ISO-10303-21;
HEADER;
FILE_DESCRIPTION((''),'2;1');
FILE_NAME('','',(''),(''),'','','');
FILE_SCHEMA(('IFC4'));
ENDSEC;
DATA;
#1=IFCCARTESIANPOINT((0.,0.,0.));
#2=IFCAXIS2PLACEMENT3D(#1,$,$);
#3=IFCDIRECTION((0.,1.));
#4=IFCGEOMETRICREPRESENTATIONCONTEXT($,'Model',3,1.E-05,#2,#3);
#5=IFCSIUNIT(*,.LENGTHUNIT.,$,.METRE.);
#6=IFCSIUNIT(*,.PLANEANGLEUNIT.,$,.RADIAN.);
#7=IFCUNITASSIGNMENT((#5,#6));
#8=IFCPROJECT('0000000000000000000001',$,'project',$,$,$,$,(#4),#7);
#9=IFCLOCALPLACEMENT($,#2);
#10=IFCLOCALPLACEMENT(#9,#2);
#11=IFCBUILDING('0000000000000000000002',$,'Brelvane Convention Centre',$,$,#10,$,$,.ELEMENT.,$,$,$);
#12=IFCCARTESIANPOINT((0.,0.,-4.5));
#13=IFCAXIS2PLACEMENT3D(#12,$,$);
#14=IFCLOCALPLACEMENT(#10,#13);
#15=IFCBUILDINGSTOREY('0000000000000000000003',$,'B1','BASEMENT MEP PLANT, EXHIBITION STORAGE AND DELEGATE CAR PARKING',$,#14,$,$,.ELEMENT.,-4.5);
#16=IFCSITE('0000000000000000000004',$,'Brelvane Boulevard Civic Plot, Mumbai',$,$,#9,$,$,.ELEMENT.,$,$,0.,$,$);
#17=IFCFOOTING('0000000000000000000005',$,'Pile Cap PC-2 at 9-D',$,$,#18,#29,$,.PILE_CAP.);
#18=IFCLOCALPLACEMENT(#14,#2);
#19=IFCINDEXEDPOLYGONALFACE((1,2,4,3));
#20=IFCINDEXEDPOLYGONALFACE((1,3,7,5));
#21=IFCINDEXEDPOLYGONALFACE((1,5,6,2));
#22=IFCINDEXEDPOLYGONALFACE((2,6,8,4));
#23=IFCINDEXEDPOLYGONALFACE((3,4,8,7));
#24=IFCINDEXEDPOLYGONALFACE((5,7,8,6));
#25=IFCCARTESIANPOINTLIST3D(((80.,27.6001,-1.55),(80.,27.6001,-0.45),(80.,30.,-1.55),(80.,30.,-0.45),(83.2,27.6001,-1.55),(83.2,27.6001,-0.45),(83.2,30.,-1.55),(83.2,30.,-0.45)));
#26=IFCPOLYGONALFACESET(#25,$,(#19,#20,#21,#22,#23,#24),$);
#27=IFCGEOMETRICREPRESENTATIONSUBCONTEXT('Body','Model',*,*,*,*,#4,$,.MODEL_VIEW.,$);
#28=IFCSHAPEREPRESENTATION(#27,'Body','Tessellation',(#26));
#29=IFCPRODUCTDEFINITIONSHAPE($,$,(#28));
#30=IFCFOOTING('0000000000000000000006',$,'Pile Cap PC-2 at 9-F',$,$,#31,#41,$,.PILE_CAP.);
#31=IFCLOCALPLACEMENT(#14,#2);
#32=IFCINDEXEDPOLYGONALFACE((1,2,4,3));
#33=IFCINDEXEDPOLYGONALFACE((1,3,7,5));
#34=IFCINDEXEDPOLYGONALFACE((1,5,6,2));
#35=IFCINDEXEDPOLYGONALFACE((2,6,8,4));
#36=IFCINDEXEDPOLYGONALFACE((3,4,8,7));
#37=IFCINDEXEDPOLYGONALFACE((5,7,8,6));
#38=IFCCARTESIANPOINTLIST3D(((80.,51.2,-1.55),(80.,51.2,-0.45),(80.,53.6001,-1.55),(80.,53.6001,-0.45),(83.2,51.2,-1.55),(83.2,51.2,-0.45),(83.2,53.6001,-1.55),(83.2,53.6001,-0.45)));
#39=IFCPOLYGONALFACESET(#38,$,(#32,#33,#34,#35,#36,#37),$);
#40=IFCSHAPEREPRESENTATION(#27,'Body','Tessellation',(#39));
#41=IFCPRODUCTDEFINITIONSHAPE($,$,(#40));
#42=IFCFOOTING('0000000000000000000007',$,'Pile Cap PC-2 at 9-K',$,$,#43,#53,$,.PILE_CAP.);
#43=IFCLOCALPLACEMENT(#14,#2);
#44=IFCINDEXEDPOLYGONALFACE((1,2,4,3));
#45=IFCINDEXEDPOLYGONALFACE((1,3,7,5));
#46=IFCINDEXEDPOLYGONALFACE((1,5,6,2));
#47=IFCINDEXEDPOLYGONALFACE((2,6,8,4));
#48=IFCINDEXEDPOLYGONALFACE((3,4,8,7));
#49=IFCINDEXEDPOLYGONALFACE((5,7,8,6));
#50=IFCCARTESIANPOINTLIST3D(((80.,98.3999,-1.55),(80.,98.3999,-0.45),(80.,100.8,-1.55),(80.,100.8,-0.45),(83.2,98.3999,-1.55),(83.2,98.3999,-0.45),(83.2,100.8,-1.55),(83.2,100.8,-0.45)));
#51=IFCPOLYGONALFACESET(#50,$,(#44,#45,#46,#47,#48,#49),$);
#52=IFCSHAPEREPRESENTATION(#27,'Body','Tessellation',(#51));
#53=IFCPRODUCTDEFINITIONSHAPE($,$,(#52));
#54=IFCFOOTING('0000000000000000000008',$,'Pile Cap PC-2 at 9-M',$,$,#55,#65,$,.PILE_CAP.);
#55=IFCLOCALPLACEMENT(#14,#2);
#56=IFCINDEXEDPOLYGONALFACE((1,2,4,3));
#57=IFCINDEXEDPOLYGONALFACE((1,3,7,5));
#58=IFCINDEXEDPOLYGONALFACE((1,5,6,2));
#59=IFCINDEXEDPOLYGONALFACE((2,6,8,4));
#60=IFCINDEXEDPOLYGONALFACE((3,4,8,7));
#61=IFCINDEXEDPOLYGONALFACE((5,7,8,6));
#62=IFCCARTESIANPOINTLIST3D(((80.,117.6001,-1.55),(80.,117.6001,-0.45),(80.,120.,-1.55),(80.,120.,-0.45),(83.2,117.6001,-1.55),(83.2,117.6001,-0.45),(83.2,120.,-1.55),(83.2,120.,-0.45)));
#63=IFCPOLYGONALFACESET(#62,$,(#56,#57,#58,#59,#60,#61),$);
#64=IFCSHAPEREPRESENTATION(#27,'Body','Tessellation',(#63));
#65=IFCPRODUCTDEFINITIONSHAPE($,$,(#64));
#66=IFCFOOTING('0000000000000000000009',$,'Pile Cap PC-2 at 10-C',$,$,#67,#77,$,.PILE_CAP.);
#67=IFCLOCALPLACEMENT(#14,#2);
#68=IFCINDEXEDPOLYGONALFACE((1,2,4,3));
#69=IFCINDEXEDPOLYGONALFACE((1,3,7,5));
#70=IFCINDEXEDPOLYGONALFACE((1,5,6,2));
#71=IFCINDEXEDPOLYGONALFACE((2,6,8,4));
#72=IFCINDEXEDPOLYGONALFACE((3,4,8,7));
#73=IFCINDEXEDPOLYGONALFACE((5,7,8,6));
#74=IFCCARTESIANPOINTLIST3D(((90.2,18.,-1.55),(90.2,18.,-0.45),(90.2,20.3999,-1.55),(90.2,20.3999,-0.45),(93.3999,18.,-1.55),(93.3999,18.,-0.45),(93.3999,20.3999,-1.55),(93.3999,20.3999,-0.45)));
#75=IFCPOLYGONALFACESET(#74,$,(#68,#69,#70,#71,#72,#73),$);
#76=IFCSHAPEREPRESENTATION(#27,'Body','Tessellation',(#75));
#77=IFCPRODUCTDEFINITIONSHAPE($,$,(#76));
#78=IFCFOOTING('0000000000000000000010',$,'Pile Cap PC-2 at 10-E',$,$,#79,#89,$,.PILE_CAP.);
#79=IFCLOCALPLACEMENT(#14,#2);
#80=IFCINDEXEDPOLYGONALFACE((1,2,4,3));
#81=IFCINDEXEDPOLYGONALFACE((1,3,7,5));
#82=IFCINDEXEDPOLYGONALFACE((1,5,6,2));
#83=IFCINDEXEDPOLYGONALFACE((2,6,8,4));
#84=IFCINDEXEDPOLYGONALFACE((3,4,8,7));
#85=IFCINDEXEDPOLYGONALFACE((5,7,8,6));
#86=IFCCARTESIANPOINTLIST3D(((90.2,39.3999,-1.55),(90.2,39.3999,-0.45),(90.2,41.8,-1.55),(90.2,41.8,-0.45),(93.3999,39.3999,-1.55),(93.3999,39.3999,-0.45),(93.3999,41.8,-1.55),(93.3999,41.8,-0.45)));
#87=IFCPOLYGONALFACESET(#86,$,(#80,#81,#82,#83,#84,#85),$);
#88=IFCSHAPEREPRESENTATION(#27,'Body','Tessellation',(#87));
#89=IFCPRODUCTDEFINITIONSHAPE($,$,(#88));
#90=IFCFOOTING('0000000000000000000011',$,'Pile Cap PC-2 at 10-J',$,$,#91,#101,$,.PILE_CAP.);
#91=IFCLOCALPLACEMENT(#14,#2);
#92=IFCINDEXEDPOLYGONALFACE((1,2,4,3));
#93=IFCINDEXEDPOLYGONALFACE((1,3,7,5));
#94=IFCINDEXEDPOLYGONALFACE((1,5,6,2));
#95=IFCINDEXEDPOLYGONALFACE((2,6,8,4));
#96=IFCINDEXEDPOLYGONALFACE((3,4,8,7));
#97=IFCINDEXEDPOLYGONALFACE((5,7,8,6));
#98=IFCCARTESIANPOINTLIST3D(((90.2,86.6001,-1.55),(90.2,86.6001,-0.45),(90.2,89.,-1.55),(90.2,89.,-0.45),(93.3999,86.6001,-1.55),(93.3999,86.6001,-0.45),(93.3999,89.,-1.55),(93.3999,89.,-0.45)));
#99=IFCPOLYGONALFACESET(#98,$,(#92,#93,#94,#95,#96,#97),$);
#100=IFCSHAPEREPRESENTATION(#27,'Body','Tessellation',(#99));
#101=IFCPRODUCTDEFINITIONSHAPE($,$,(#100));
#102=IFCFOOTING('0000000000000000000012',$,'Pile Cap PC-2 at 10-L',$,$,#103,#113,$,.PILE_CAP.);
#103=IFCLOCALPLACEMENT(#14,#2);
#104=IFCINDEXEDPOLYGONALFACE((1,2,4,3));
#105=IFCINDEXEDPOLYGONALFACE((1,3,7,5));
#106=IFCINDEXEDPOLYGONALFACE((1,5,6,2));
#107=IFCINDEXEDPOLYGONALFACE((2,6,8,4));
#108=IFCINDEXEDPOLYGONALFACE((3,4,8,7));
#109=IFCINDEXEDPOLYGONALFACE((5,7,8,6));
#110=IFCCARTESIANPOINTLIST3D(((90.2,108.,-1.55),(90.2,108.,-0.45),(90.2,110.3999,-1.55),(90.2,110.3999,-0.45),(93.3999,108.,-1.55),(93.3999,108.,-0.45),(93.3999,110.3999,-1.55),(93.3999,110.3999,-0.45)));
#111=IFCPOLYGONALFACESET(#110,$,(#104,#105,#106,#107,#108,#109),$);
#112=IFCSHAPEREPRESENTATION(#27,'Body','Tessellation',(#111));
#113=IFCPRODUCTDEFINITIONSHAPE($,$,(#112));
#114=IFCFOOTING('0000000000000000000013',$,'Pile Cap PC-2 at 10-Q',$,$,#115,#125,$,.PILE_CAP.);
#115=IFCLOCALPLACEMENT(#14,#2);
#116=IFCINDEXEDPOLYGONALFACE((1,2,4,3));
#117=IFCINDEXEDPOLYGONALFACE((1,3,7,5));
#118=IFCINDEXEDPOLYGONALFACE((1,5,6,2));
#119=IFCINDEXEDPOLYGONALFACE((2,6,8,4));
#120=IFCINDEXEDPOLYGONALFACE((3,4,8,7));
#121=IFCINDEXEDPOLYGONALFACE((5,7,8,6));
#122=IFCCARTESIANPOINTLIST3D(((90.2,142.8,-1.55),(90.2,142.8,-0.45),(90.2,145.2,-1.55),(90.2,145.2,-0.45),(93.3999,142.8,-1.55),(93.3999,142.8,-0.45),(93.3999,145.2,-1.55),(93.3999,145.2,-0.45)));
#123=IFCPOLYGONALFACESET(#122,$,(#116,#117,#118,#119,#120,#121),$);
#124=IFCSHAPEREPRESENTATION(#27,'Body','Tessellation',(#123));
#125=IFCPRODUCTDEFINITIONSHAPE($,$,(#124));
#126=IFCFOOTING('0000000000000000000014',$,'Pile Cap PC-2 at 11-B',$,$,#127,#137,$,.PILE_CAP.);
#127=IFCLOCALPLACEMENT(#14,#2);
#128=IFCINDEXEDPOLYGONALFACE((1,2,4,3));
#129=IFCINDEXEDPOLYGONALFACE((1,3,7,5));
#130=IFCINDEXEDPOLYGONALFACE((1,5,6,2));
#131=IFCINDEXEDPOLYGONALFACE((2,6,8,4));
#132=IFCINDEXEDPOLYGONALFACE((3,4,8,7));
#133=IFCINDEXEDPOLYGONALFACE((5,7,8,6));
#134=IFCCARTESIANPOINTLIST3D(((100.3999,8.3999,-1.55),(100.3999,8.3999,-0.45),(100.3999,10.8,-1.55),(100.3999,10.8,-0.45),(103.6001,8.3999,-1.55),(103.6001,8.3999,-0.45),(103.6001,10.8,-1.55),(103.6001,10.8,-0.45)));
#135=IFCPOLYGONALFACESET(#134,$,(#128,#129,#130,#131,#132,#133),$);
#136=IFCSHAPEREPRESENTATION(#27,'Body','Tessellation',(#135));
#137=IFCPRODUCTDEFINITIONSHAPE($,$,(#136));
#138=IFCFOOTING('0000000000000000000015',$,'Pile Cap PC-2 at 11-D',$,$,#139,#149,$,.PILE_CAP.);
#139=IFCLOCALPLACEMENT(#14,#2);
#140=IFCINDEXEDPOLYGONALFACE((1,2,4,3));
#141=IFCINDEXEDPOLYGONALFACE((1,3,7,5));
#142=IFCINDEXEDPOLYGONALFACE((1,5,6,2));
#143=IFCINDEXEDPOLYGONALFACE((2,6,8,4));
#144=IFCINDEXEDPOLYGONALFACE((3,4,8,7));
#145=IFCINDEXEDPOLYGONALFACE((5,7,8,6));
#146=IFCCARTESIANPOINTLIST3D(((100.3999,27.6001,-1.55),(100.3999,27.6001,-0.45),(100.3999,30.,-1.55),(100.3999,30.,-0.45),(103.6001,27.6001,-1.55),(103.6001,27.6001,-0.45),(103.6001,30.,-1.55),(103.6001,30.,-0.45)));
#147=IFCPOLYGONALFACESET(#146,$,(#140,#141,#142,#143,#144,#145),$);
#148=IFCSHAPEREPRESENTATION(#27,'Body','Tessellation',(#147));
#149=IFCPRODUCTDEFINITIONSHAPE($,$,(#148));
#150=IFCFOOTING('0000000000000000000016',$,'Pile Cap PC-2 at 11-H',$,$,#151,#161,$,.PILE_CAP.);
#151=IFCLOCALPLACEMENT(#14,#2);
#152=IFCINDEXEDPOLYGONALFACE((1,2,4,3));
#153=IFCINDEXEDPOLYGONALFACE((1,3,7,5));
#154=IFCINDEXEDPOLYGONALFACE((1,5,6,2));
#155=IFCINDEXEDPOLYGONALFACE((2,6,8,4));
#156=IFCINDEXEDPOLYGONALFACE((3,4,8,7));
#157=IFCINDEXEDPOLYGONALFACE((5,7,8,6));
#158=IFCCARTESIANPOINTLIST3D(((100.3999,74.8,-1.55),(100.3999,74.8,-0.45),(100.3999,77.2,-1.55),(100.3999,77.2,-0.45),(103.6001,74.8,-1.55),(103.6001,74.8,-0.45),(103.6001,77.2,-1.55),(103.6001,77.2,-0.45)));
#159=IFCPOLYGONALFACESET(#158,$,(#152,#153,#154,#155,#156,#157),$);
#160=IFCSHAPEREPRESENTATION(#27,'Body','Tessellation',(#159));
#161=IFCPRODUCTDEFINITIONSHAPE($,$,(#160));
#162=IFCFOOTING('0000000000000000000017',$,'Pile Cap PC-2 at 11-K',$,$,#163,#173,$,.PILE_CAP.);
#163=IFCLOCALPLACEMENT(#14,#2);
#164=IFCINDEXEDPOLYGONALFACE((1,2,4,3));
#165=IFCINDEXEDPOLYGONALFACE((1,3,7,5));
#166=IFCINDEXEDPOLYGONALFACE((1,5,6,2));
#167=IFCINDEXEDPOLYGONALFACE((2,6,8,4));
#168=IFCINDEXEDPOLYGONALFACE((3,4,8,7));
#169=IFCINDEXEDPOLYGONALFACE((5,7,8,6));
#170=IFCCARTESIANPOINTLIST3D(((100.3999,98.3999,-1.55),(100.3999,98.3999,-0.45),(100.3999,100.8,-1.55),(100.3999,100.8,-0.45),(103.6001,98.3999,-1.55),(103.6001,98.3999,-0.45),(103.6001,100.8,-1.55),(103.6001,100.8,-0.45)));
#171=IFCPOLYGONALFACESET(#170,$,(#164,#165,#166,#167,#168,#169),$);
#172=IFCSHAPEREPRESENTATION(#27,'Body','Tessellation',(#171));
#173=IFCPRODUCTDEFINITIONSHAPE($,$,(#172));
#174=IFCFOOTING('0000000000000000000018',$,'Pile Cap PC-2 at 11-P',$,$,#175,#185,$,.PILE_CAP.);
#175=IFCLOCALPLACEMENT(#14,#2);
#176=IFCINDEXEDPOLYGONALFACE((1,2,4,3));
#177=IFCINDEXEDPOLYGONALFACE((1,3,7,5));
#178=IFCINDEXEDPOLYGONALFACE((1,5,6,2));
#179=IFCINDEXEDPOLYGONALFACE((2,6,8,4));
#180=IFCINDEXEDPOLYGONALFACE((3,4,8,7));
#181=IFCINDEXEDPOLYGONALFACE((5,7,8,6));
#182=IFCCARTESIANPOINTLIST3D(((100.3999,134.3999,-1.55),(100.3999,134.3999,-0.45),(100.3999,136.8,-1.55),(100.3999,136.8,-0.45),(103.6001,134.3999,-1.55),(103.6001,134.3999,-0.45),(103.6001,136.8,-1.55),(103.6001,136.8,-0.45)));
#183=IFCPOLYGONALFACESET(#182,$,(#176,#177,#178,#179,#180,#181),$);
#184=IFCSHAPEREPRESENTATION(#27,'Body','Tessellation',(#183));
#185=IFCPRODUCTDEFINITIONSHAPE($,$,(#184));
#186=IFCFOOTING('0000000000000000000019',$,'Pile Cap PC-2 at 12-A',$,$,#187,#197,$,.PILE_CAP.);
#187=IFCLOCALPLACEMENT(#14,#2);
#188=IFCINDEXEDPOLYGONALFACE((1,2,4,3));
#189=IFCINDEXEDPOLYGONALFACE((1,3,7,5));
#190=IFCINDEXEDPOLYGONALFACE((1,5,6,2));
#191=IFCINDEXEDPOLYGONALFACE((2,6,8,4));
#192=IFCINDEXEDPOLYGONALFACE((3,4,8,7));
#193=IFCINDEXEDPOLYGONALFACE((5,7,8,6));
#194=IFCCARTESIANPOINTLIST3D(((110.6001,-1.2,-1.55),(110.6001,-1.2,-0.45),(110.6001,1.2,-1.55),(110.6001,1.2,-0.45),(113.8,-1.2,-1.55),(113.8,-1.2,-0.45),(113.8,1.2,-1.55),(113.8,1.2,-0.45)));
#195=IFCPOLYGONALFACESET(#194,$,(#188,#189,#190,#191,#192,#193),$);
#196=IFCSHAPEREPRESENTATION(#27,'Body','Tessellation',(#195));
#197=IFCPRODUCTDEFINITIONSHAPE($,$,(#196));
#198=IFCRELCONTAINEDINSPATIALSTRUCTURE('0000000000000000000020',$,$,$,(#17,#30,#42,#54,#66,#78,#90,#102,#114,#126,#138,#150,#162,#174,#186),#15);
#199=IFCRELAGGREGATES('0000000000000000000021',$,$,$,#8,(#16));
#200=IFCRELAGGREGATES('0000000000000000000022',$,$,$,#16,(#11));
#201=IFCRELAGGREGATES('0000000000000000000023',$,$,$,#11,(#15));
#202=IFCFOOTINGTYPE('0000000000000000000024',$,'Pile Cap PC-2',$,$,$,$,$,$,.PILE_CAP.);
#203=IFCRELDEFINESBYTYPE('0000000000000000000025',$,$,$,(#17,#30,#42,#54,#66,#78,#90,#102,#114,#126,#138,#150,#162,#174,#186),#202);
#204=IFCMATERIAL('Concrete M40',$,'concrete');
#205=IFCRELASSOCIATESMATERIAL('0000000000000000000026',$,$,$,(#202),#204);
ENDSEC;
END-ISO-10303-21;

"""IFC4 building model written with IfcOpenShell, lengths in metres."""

from ifc_helpers import new_model, si_unit, direction, frame, origin, place, context, subcontext, project, spatial, polyline, outline, extrude, material, type_object, element, save


model = new_model("IFC4")

# Units and contexts
model_context = context("Model", 3, precision=1e-05, world=origin(), true_north=direction((0.0, 1.0)))
body_context = subcontext(model_context, "Body", "Model", "MODEL_VIEW")
ifc_project = project(units=[si_unit("LENGTHUNIT", "METRE"), si_unit("PLANEANGLEUNIT", "RADIAN")], contexts=[model_context])

# Site, building, storey
site_placement = place(None, origin())
site = spatial("IfcSite", under=ifc_project, at=site_placement, Name="Brelvane Boulevard Civic Plot, Mumbai", CompositionType="ELEMENT", RefElevation=0.0)
building_placement = place(site_placement, origin())
building = spatial("IfcBuilding", under=site, at=building_placement, Name="Brelvane Convention Centre", CompositionType="ELEMENT")
storey_placement = place(building_placement, frame((0.0, 0.0, -4.5)))
storey = spatial("IfcBuildingStorey", under=building, at=storey_placement, Name="B1", Description="BASEMENT MEP PLANT, EXHIBITION STORAGE AND DELEGATE CAR PARKING", CompositionType="ELEMENT", Elevation=-4.5)

# Footings
ifc_material = material(Name="Concrete M40", Category="concrete")
footing_type = type_object("IfcFootingType", Name="Pile Cap PC-2", PredefinedType="PILE_CAP", material=ifc_material)
footing_1_placement = place(storey_placement, frame((0.0, 0.0, -1.55)))
element("IfcFooting", 1, at=footing_1_placement, inside=storey, type_object=footing_type, Name="Pile Cap PC-2 at 9-D", PredefinedType="PILE_CAP", context=body_context, shape_type="SweptSolid", body=[
    extrude(outline(polyline([(80.0, 27.6001), (83.2, 27.6001), (83.2, 30.0), (80.0, 30.0), (80.0, 27.6001)])), origin(), (0.0, 0.0, 1.0), 1.1001),
])
footing_2_placement = place(storey_placement, frame((0.0, 0.0, -1.55)))
element("IfcFooting", 2, at=footing_2_placement, inside=storey, type_object=footing_type, Name="Pile Cap PC-2 at 9-F", PredefinedType="PILE_CAP", context=body_context, shape_type="SweptSolid", body=[
    extrude(outline(polyline([(80.0, 51.2), (83.2, 51.2), (83.2, 53.6001), (80.0, 53.6001), (80.0, 51.2)])), origin(), (0.0, 0.0, 1.0), 1.1001),
])
footing_3_placement = place(storey_placement, frame((0.0, 0.0, -1.55)))
element("IfcFooting", 3, at=footing_3_placement, inside=storey, type_object=footing_type, Name="Pile Cap PC-2 at 9-K", PredefinedType="PILE_CAP", context=body_context, shape_type="SweptSolid", body=[
    extrude(outline(polyline([(80.0, 98.3999), (83.2, 98.3999), (83.2, 100.8), (80.0, 100.8), (80.0, 98.3999)])), origin(), (0.0, 0.0, 1.0), 1.1001),
])
footing_4_placement = place(storey_placement, frame((0.0, 0.0, -1.55)))
element("IfcFooting", 4, at=footing_4_placement, inside=storey, type_object=footing_type, Name="Pile Cap PC-2 at 9-M", PredefinedType="PILE_CAP", context=body_context, shape_type="SweptSolid", body=[
    extrude(outline(polyline([(80.0, 117.6001), (83.2, 117.6001), (83.2, 120.0), (80.0, 120.0), (80.0, 117.6001)])), origin(), (0.0, 0.0, 1.0), 1.1001),
])
footing_5_placement = place(storey_placement, frame((0.0, 0.0, -1.55)))
element("IfcFooting", 5, at=footing_5_placement, inside=storey, type_object=footing_type, Name="Pile Cap PC-2 at 10-C", PredefinedType="PILE_CAP", context=body_context, shape_type="SweptSolid", body=[
    extrude(outline(polyline([(90.2, 18.0), (93.3999, 18.0), (93.3999, 20.3999), (90.2, 20.3999), (90.2, 18.0)])), origin(), (0.0, 0.0, 1.0), 1.1001),
])
footing_6_placement = place(storey_placement, frame((0.0, 0.0, -1.55)))
element("IfcFooting", 6, at=footing_6_placement, inside=storey, type_object=footing_type, Name="Pile Cap PC-2 at 10-E", PredefinedType="PILE_CAP", context=body_context, shape_type="SweptSolid", body=[
    extrude(outline(polyline([(90.2, 39.3999), (93.3999, 39.3999), (93.3999, 41.8), (90.2, 41.8), (90.2, 39.3999)])), origin(), (0.0, 0.0, 1.0), 1.1001),
])
footing_7_placement = place(storey_placement, frame((0.0, 0.0, -1.55)))
element("IfcFooting", 7, at=footing_7_placement, inside=storey, type_object=footing_type, Name="Pile Cap PC-2 at 10-J", PredefinedType="PILE_CAP", context=body_context, shape_type="SweptSolid", body=[
    extrude(outline(polyline([(90.2, 86.6001), (93.3999, 86.6001), (93.3999, 89.0), (90.2, 89.0), (90.2, 86.6001)])), origin(), (0.0, 0.0, 1.0), 1.1001),
])
footing_8_placement = place(storey_placement, frame((0.0, 0.0, -1.55)))
element("IfcFooting", 8, at=footing_8_placement, inside=storey, type_object=footing_type, Name="Pile Cap PC-2 at 10-L", PredefinedType="PILE_CAP", context=body_context, shape_type="SweptSolid", body=[
    extrude(outline(polyline([(90.2, 108.0), (93.3999, 108.0), (93.3999, 110.3999), (90.2, 110.3999), (90.2, 108.0)])), origin(), (0.0, 0.0, 1.0), 1.1001),
])
footing_9_placement = place(storey_placement, frame((0.0, 0.0, -1.55)))
element("IfcFooting", 9, at=footing_9_placement, inside=storey, type_object=footing_type, Name="Pile Cap PC-2 at 10-Q", PredefinedType="PILE_CAP", context=body_context, shape_type="SweptSolid", body=[
    extrude(outline(polyline([(90.2, 142.8), (93.3999, 142.8), (93.3999, 145.2), (90.2, 145.2), (90.2, 142.8)])), origin(), (0.0, 0.0, 1.0), 1.1001),
])
footing_10_placement = place(storey_placement, frame((0.0, 0.0, -1.55)))
element("IfcFooting", 10, at=footing_10_placement, inside=storey, type_object=footing_type, Name="Pile Cap PC-2 at 11-B", PredefinedType="PILE_CAP", context=body_context, shape_type="SweptSolid", body=[
    extrude(outline(polyline([(100.3999, 8.3999), (103.6001, 8.3999), (103.6001, 10.8), (100.3999, 10.8), (100.3999, 8.3999)])), origin(), (0.0, 0.0, 1.0), 1.1001),
])
footing_11_placement = place(storey_placement, frame((0.0, 0.0, -1.55)))
element("IfcFooting", 11, at=footing_11_placement, inside=storey, type_object=footing_type, Name="Pile Cap PC-2 at 11-D", PredefinedType="PILE_CAP", context=body_context, shape_type="SweptSolid", body=[
    extrude(outline(polyline([(100.3999, 27.6001), (103.6001, 27.6001), (103.6001, 30.0), (100.3999, 30.0), (100.3999, 27.6001)])), origin(), (0.0, 0.0, 1.0), 1.1001),
])
footing_12_placement = place(storey_placement, frame((0.0, 0.0, -1.55)))
element("IfcFooting", 12, at=footing_12_placement, inside=storey, type_object=footing_type, Name="Pile Cap PC-2 at 11-H", PredefinedType="PILE_CAP", context=body_context, shape_type="SweptSolid", body=[
    extrude(outline(polyline([(100.3999, 74.8), (103.6001, 74.8), (103.6001, 77.2), (100.3999, 77.2), (100.3999, 74.8)])), origin(), (0.0, 0.0, 1.0), 1.1001),
])
footing_13_placement = place(storey_placement, frame((0.0, 0.0, -1.55)))
element("IfcFooting", 13, at=footing_13_placement, inside=storey, type_object=footing_type, Name="Pile Cap PC-2 at 11-K", PredefinedType="PILE_CAP", context=body_context, shape_type="SweptSolid", body=[
    extrude(outline(polyline([(100.3999, 98.3999), (103.6001, 98.3999), (103.6001, 100.8), (100.3999, 100.8), (100.3999, 98.3999)])), origin(), (0.0, 0.0, 1.0), 1.1001),
])
footing_14_placement = place(storey_placement, frame((0.0, 0.0, -1.55)))
element("IfcFooting", 14, at=footing_14_placement, inside=storey, type_object=footing_type, Name="Pile Cap PC-2 at 11-P", PredefinedType="PILE_CAP", context=body_context, shape_type="SweptSolid", body=[
    extrude(outline(polyline([(100.3999, 134.3999), (103.6001, 134.3999), (103.6001, 136.8), (100.3999, 136.8), (100.3999, 134.3999)])), origin(), (0.0, 0.0, 1.0), 1.1001),
])
footing_15_placement = place(storey_placement, frame((0.0, 0.0, -1.55)))
element("IfcFooting", 15, at=footing_15_placement, inside=storey, type_object=footing_type, Name="Pile Cap PC-2 at 12-A", PredefinedType="PILE_CAP", context=body_context, shape_type="SweptSolid", body=[
    extrude(outline(polyline([(110.6001, -1.2), (113.8, -1.2), (113.8, 1.2), (110.6001, 1.2), (110.6001, -1.2)])), origin(), (0.0, 0.0, 1.0), 1.1001),
])

save(model, "model.ifc")
